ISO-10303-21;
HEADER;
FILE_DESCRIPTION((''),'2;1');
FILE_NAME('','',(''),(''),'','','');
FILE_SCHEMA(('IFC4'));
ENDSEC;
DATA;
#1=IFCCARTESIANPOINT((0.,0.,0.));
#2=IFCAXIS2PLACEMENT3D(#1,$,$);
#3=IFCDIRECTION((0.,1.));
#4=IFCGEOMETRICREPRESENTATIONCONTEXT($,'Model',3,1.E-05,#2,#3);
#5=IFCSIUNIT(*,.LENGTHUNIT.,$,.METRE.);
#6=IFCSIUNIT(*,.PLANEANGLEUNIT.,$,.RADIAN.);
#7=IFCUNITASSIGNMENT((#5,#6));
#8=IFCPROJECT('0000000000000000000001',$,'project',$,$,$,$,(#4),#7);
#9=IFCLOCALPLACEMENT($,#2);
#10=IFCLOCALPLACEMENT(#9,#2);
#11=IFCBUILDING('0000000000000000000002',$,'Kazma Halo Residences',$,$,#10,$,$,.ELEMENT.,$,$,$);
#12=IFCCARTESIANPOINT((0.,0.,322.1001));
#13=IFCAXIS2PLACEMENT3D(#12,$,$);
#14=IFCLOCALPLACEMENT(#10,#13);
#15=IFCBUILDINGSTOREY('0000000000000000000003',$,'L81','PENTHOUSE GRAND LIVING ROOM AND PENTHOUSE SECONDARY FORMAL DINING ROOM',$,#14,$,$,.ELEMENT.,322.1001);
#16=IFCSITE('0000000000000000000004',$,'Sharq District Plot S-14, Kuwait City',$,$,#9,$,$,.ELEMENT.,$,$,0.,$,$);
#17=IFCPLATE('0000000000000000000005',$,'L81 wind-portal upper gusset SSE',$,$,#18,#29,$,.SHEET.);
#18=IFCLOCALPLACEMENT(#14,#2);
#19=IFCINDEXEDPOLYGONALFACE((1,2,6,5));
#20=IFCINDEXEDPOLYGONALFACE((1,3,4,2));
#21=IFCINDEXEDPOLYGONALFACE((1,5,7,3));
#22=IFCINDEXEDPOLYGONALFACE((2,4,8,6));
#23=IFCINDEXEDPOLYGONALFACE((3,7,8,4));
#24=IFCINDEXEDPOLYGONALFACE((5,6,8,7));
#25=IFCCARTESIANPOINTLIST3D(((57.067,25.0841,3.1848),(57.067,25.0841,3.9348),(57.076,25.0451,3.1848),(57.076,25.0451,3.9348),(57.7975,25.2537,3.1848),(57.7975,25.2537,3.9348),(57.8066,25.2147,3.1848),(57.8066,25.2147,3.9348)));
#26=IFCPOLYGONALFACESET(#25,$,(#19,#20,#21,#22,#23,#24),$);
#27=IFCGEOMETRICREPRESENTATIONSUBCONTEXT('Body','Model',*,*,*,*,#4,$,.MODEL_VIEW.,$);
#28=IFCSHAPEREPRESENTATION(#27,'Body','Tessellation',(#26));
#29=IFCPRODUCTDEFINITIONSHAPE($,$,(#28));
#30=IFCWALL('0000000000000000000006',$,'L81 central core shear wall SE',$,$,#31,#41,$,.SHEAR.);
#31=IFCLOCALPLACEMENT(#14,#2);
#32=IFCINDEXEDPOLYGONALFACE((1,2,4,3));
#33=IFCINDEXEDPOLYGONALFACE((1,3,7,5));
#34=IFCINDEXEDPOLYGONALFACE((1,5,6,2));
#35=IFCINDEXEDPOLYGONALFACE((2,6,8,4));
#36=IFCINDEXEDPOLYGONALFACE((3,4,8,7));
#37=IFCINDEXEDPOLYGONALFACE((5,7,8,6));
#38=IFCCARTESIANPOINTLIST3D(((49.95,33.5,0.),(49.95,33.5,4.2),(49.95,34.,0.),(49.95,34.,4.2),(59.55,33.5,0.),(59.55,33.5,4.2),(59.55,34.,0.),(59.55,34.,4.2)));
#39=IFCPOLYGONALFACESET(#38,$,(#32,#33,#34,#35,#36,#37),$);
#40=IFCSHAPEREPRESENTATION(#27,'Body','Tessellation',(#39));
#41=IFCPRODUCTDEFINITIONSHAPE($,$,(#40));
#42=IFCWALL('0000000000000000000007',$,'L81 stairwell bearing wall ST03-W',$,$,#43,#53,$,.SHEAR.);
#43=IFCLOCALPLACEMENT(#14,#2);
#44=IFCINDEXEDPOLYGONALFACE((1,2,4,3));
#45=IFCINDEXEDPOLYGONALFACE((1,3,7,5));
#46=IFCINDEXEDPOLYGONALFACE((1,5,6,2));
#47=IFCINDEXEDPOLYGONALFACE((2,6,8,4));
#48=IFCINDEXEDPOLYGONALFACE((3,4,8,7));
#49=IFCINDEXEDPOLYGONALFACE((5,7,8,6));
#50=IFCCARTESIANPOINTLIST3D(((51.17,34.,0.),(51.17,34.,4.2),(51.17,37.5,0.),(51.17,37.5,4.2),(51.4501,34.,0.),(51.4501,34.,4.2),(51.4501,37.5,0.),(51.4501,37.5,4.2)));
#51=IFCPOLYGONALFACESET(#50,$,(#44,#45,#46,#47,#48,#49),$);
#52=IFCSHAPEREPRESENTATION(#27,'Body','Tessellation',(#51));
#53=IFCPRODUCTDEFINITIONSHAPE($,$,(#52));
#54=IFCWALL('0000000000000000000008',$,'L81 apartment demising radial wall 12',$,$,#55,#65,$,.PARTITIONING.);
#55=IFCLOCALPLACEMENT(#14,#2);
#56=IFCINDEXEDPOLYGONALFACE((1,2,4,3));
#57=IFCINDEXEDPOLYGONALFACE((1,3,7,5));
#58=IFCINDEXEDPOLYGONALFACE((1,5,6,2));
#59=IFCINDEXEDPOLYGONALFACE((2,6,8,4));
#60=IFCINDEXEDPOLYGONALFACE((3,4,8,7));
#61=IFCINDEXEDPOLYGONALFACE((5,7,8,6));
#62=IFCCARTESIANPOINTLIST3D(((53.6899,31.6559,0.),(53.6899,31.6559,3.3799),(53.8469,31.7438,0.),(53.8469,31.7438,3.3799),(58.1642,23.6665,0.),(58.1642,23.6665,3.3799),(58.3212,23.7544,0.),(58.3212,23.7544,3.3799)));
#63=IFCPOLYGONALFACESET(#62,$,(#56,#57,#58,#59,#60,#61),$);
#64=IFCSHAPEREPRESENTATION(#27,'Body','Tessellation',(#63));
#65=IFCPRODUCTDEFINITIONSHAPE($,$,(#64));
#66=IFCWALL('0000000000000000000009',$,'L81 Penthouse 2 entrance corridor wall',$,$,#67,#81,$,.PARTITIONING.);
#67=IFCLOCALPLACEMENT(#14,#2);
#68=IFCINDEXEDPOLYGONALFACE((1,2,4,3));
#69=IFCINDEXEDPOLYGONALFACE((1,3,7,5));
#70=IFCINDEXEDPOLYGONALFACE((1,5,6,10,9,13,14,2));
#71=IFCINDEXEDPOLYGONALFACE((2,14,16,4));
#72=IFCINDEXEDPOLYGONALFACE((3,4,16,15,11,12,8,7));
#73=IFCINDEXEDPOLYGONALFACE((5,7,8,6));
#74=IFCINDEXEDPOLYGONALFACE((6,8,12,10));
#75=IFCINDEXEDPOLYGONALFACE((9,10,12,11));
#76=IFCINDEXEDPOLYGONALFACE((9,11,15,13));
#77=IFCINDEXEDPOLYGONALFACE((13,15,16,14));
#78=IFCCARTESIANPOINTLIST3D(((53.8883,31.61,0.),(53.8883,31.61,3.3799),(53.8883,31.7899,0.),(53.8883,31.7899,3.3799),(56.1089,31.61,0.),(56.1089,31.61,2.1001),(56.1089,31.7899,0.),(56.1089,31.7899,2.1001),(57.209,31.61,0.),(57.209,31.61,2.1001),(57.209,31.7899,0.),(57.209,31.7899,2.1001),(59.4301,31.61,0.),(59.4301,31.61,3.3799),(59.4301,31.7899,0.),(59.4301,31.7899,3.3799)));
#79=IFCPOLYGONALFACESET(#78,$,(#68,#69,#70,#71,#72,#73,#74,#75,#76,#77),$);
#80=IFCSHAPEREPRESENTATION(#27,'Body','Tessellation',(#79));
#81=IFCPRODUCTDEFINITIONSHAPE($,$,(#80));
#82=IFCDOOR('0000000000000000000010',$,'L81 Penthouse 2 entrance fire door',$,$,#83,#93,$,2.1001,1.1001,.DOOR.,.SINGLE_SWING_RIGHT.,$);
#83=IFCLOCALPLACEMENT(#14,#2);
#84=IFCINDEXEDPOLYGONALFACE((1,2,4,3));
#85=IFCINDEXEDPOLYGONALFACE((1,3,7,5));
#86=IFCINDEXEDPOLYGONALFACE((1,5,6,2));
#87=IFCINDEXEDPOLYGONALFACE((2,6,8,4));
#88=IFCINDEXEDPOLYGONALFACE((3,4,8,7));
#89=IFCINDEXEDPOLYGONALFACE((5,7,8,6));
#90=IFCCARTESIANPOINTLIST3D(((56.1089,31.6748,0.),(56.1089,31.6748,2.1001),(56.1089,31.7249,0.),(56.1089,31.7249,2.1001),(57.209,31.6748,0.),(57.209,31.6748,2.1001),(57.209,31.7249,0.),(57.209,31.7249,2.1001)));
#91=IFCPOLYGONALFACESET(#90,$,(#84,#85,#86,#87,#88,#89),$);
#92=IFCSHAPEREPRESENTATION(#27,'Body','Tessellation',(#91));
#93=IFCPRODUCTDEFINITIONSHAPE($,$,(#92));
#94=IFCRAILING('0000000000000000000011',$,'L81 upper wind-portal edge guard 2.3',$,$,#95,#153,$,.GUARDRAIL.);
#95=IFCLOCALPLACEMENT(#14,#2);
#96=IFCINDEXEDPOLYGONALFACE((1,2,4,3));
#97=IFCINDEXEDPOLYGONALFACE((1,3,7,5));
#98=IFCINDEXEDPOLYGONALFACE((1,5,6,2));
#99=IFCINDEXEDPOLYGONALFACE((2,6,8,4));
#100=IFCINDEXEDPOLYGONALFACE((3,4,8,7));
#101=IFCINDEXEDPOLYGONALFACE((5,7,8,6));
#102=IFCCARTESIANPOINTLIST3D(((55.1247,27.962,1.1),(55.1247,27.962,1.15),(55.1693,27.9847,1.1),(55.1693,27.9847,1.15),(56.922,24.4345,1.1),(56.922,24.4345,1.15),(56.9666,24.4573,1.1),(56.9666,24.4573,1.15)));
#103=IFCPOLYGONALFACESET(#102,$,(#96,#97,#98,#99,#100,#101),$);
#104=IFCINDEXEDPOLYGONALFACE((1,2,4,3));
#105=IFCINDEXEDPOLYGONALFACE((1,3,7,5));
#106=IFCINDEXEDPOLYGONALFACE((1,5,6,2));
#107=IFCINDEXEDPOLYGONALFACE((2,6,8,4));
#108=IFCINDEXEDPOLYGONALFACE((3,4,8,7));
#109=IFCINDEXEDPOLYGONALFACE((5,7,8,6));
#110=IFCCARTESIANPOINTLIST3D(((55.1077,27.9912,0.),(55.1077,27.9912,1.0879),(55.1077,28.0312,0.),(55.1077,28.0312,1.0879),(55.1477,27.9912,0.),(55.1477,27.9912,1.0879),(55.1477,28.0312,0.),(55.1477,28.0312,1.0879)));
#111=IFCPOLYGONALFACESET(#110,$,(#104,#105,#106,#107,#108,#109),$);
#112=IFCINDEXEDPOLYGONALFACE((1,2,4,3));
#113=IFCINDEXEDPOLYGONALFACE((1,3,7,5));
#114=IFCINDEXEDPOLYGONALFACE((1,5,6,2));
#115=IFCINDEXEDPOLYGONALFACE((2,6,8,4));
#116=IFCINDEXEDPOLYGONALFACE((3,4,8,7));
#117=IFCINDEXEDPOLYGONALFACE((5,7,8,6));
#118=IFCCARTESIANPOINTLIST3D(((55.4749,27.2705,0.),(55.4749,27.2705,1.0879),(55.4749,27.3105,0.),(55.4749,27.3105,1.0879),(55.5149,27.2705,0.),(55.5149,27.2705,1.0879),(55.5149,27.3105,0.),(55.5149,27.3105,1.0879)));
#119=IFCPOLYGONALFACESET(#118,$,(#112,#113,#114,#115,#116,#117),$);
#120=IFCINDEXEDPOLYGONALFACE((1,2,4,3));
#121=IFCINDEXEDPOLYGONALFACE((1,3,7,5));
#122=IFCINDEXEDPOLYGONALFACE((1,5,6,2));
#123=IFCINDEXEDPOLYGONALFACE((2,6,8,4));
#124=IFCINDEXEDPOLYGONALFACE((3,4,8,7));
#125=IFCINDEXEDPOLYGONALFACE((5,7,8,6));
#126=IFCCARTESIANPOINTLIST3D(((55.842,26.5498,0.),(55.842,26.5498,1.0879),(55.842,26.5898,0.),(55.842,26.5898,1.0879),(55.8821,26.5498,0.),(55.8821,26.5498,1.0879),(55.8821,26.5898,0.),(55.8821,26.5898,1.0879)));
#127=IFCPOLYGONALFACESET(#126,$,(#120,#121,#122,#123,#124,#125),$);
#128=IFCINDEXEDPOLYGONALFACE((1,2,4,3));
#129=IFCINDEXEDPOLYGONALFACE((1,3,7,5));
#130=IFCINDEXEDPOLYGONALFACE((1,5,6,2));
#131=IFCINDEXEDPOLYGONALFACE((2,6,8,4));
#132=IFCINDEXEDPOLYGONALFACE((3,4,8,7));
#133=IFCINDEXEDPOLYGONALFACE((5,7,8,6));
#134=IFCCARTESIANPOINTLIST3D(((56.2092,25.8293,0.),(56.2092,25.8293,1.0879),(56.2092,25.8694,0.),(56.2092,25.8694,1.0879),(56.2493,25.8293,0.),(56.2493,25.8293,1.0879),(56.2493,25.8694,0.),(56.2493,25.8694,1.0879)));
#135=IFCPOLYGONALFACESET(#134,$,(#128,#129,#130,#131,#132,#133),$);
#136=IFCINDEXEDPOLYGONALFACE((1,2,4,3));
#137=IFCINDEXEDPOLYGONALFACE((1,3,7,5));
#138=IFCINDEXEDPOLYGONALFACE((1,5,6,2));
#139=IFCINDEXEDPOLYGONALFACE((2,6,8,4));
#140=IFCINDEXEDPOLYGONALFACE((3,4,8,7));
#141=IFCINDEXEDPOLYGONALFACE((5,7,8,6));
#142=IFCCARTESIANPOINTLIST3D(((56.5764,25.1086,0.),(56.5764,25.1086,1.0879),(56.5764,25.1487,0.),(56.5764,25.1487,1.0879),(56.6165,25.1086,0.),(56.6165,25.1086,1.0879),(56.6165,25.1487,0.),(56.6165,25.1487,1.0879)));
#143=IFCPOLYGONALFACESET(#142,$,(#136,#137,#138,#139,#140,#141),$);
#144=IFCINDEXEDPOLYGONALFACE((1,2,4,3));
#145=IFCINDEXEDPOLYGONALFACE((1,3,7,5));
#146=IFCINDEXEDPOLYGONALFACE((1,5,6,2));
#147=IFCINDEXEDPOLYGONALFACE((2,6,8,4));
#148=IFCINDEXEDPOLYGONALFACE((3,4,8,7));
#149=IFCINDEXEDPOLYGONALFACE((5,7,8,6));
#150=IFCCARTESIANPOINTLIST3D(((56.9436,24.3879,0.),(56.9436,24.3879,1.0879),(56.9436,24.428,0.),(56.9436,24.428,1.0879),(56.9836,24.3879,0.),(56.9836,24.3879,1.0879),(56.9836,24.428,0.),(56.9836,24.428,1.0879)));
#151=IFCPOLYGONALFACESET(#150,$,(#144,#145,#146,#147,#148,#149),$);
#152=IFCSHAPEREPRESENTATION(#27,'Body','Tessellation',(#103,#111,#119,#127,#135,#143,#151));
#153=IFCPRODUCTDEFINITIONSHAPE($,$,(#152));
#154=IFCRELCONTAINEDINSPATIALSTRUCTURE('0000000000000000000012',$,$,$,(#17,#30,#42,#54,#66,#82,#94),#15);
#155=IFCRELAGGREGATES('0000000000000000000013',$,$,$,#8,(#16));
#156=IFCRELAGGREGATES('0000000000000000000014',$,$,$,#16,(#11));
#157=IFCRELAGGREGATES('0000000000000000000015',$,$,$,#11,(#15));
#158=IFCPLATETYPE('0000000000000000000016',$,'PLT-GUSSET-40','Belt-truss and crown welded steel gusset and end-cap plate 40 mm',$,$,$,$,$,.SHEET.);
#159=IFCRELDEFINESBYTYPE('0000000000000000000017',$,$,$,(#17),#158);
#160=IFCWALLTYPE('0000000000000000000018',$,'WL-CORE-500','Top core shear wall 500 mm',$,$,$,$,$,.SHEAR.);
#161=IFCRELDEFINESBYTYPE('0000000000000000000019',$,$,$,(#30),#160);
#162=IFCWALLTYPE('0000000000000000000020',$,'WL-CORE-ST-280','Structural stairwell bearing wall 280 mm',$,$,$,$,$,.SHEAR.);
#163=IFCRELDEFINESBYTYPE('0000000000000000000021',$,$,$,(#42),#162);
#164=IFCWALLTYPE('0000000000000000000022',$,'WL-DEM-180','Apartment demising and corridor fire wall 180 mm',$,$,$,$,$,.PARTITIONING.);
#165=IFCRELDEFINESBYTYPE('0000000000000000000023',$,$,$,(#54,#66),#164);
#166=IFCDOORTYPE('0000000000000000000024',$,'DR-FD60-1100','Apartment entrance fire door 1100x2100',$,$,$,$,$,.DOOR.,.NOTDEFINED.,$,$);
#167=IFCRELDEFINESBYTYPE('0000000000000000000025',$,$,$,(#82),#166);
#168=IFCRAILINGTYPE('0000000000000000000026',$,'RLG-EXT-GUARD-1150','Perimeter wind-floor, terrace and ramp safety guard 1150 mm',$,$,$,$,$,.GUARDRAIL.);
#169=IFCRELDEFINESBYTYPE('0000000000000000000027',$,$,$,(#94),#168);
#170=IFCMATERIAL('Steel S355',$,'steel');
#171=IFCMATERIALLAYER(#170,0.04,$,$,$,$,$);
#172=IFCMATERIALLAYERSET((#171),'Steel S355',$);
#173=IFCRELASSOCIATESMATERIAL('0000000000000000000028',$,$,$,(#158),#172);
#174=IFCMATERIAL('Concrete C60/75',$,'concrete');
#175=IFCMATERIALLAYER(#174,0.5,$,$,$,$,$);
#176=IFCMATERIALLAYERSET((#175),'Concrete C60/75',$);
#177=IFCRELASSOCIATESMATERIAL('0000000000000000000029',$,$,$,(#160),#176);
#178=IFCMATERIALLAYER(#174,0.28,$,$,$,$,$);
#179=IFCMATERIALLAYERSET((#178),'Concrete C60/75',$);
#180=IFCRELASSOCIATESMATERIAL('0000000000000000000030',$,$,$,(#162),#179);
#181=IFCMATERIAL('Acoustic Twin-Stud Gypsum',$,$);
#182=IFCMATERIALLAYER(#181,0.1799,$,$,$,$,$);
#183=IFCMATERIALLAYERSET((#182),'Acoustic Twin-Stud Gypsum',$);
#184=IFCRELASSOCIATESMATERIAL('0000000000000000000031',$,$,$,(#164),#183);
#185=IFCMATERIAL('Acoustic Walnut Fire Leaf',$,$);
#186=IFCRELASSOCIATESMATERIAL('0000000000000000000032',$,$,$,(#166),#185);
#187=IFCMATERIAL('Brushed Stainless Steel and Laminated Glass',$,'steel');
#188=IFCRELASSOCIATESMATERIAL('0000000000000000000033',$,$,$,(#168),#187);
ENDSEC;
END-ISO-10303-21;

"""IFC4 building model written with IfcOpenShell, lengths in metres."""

from ifc_helpers import new_model, si_unit, direction, frame, frame_2d, origin, origin_2d, place, context, subcontext, project, spatial, rectangle, extrude, material, layer, layer_set, type_object, element, fill, save


model = new_model("IFC4")

# Units and contexts
model_context = context("Model", 3, precision=1e-05, world=origin(), true_north=direction((0.0, 1.0)))
body_context = subcontext(model_context, "Body", "Model", "MODEL_VIEW")
ifc_project = project(units=[si_unit("LENGTHUNIT", "METRE"), si_unit("PLANEANGLEUNIT", "RADIAN")], contexts=[model_context])

# Site, building, storey
site_placement = place(None, origin())
site = spatial("IfcSite", under=ifc_project, at=site_placement, Name="Sharq District Plot S-14, Kuwait City", CompositionType="ELEMENT", RefElevation=0.0)
building_placement = place(site_placement, origin())
building = spatial("IfcBuilding", under=site, at=building_placement, Name="Kazma Halo Residences", CompositionType="ELEMENT")
storey_placement = place(building_placement, frame((0.0, 0.0, 322.1001)))
storey = spatial("IfcBuildingStorey", under=building, at=storey_placement, Name="L81", Description="PENTHOUSE GRAND LIVING ROOM AND PENTHOUSE SECONDARY FORMAL DINING ROOM", CompositionType="ELEMENT", Elevation=322.1001)

# Shared definitions
ifc_material_1 = material(Name="Concrete C60/75", Category="concrete")

# Shared definitions
ifc_material_2 = material(Name="Steel S355", Category="steel")

# Plate
ifc_layer_1 = layer(ifc_material_2, 0.04)
ifc_layer_set_1 = layer_set([ifc_layer_1], Name="Steel S355")
plate_type = type_object("IfcPlateType", Name="PLT-GUSSET-40", Description="Belt-truss and crown welded steel gusset and end-cap plate 40 mm", PredefinedType="SHEET", material=ifc_layer_set_1)
plate_placement = place(storey_placement, frame((57.4368, 25.1494, 3.1848), z_axis=(0.0, 0.0, 1.0), x_axis=(0.974084, 0.226188, 0.0)))
element("IfcPlate", 1, at=plate_placement, inside=storey, type_object=plate_type, Name="L81 wind-portal upper gusset SSE", PredefinedType="SHEET", context=body_context, shape_type="SweptSolid", body=[
    extrude(rectangle(XDim=0.75, YDim=0.04, at=origin_2d()), origin(), (0.0, 0.0, 1.0), 0.75),
])

# Walls
ifc_layer_2 = layer(ifc_material_1, 0.5)
ifc_layer_set_2 = layer_set([ifc_layer_2], Name="Concrete C60/75")
wall_type_1 = type_object("IfcWallType", Name="WL-CORE-500", Description="Top core shear wall 500 mm", PredefinedType="SHEAR", material=ifc_layer_set_2)
wall_1_placement = place(storey_placement, frame((49.95, 33.75, 0.0), z_axis=(0.0, 0.0, 1.0), x_axis=(1.0, 0.0, 0.0)))
element("IfcWall", 2, at=wall_1_placement, inside=storey, type_object=wall_type_1, Name="L81 central core shear wall SE", PredefinedType="SHEAR", context=body_context, shape_type="SweptSolid", body=[
    extrude(rectangle(XDim=9.6001, YDim=0.5, at=frame_2d((4.8, 0.0))), origin(), (0.0, 0.0, 1.0), 4.2),
])
ifc_layer_3 = layer(ifc_material_1, 0.28)
ifc_layer_set_3 = layer_set([ifc_layer_3], Name="Concrete C60/75")
wall_type_2 = type_object("IfcWallType", Name="WL-CORE-ST-280", Description="Structural stairwell bearing wall 280 mm", PredefinedType="SHEAR", material=ifc_layer_set_3)
wall_2_placement = place(storey_placement, frame((51.3101, 34.0, 0.0), z_axis=(0.0, 0.0, 1.0), x_axis=(0.0, 1.0, 0.0)))
element("IfcWall", 3, at=wall_2_placement, inside=storey, type_object=wall_type_2, Name="L81 stairwell bearing wall ST03-W", PredefinedType="SHEAR", context=body_context, shape_type="SweptSolid", body=[
    extrude(rectangle(XDim=3.5, YDim=0.28, at=frame_2d((1.75, 0.0))), origin(), (0.0, 0.0, 1.0), 4.2),
])
ifc_material_3 = material(Name="Acoustic Twin-Stud Gypsum")
ifc_layer_4 = layer(ifc_material_3, 0.1799)
ifc_layer_set_4 = layer_set([ifc_layer_4], Name="Acoustic Twin-Stud Gypsum")
wall_type_3 = type_object("IfcWallType", Name="WL-DEM-180", Description="Apartment demising and corridor fire wall 180 mm", PredefinedType="PARTITIONING", material=ifc_layer_set_4)
wall_3_placement = place(storey_placement, frame((53.7683, 31.7, 0.0), z_axis=(0.0, 0.0, 1.0), x_axis=(0.488624, -0.872495, 0.0)))
element("IfcWall", 4, at=wall_3_placement, inside=storey, type_object=wall_type_3, Name="L81 apartment demising radial wall 12", PredefinedType="PARTITIONING", context=body_context, shape_type="SweptSolid", body=[
    extrude(rectangle(XDim=9.157, YDim=0.1799, at=frame_2d((4.5786, 0.0))), origin(), (0.0, 0.0, 1.0), 3.3799),
])

# Wall, opening, door
wall_4_placement = place(storey_placement, frame((53.8882, 31.7, 0.0), z_axis=(0.0, 0.0, 1.0), x_axis=(1.0, 0.0, 0.0)))
wall_4 = element("IfcWall", 5, at=wall_4_placement, inside=storey, type_object=wall_type_3, Name="L81 Penthouse 2 entrance corridor wall", PredefinedType="PARTITIONING", context=body_context, shape_type="SweptSolid", body=[
    extrude(rectangle(XDim=5.5417, YDim=0.1799, at=frame_2d((2.771, 0.0))), origin(), (0.0, 0.0, 1.0), 3.3799),
])
opening_placement = place(wall_4_placement, frame((2.2207, 0.0, 0.0)))
opening = element("IfcOpeningElement", 6, at=opening_placement, cuts=wall_4, PredefinedType="OPENING", context=body_context, shape_type="SweptSolid", body=[
    extrude(rectangle(XDim=1.1001, YDim=2.1001, at=frame_2d((0.55, 1.05))), frame((0.0, 0.0999, 0.0), z_axis=(0.0, -1.0, 0.0), x_axis=(1.0, 0.0, 0.0)), (0.0, 0.0, 1.0), 0.2),
])
ifc_material_4 = material(Name="Acoustic Walnut Fire Leaf")
door_type = type_object("IfcDoorType", Name="DR-FD60-1100", Description="Apartment entrance fire door 1100x2100", OperationType="NOTDEFINED", PredefinedType="DOOR", material=ifc_material_4)
door_placement = place(opening_placement, origin())
door = element("IfcDoor", 7, at=door_placement, inside=storey, type_object=door_type, Name="L81 Penthouse 2 entrance fire door", OperationType="SINGLE_SWING_RIGHT", OverallHeight=2.1001, OverallWidth=1.1001, PredefinedType="DOOR", context=body_context, shape_type="SweptSolid", body=[
    extrude(rectangle(XDim=1.1001, YDim=2.1001, at=frame_2d((0.55, 1.05))), frame((0.0, 0.0249, 0.0), z_axis=(0.0, -1.0, 0.0), x_axis=(1.0, 0.0, 0.0)), (0.0, 0.0, 1.0), 0.05),
])
fill(opening, door)

# Railing
ifc_material_5 = material(Name="Brushed Stainless Steel and Laminated Glass", Category="steel")
railing_type_1 = type_object("IfcRailingType", Name="RLG-EXT-GUARD-1150", Description="Perimeter wind-floor, terrace and ramp safety guard 1150 mm", PredefinedType="GUARDRAIL", material=ifc_material_5)
railing_1_placement = place(storey_placement, frame((55.1277, 28.0112, 0.0)))
element("IfcRailing", 8, at=railing_1_placement, inside=storey, type_object=railing_type_1, Name="L81 upper wind-portal edge guard 2.3", PredefinedType="GUARDRAIL", context=body_context, shape_type="SweptSolid", body=[
    extrude(rectangle(XDim=0.05, YDim=0.05, at=origin_2d()), frame((0.0193, -0.0378, 1.125), z_axis=(0.453986, -0.891009, 0.0), x_axis=(0.891009, 0.453986, 0.0)), (0.0, 0.0, 1.0), 3.959),
    extrude(rectangle(XDim=0.04, YDim=0.04, at=origin_2d()), origin(), (0.0, 0.0, 1.0), 1.0879),
    extrude(rectangle(XDim=0.04, YDim=0.04, at=origin_2d()), frame((0.3672, -0.7207, 0.0)), (0.0, 0.0, 1.0), 1.0879),
    extrude(rectangle(XDim=0.04, YDim=0.04, at=origin_2d()), frame((0.7344, -1.4414, 0.0)), (0.0, 0.0, 1.0), 1.0879),
    extrude(rectangle(XDim=0.04, YDim=0.04, at=origin_2d()), frame((1.1016, -2.1619, 0.0)), (0.0, 0.0, 1.0), 1.0879),
    extrude(rectangle(XDim=0.04, YDim=0.04, at=origin_2d()), frame((1.4688, -2.8826, 0.0)), (0.0, 0.0, 1.0), 1.0879),
    extrude(rectangle(XDim=0.04, YDim=0.04, at=origin_2d()), frame((1.8359, -3.6033, 0.0)), (0.0, 0.0, 1.0), 1.0879),
])

save(model, "model.ifc")
